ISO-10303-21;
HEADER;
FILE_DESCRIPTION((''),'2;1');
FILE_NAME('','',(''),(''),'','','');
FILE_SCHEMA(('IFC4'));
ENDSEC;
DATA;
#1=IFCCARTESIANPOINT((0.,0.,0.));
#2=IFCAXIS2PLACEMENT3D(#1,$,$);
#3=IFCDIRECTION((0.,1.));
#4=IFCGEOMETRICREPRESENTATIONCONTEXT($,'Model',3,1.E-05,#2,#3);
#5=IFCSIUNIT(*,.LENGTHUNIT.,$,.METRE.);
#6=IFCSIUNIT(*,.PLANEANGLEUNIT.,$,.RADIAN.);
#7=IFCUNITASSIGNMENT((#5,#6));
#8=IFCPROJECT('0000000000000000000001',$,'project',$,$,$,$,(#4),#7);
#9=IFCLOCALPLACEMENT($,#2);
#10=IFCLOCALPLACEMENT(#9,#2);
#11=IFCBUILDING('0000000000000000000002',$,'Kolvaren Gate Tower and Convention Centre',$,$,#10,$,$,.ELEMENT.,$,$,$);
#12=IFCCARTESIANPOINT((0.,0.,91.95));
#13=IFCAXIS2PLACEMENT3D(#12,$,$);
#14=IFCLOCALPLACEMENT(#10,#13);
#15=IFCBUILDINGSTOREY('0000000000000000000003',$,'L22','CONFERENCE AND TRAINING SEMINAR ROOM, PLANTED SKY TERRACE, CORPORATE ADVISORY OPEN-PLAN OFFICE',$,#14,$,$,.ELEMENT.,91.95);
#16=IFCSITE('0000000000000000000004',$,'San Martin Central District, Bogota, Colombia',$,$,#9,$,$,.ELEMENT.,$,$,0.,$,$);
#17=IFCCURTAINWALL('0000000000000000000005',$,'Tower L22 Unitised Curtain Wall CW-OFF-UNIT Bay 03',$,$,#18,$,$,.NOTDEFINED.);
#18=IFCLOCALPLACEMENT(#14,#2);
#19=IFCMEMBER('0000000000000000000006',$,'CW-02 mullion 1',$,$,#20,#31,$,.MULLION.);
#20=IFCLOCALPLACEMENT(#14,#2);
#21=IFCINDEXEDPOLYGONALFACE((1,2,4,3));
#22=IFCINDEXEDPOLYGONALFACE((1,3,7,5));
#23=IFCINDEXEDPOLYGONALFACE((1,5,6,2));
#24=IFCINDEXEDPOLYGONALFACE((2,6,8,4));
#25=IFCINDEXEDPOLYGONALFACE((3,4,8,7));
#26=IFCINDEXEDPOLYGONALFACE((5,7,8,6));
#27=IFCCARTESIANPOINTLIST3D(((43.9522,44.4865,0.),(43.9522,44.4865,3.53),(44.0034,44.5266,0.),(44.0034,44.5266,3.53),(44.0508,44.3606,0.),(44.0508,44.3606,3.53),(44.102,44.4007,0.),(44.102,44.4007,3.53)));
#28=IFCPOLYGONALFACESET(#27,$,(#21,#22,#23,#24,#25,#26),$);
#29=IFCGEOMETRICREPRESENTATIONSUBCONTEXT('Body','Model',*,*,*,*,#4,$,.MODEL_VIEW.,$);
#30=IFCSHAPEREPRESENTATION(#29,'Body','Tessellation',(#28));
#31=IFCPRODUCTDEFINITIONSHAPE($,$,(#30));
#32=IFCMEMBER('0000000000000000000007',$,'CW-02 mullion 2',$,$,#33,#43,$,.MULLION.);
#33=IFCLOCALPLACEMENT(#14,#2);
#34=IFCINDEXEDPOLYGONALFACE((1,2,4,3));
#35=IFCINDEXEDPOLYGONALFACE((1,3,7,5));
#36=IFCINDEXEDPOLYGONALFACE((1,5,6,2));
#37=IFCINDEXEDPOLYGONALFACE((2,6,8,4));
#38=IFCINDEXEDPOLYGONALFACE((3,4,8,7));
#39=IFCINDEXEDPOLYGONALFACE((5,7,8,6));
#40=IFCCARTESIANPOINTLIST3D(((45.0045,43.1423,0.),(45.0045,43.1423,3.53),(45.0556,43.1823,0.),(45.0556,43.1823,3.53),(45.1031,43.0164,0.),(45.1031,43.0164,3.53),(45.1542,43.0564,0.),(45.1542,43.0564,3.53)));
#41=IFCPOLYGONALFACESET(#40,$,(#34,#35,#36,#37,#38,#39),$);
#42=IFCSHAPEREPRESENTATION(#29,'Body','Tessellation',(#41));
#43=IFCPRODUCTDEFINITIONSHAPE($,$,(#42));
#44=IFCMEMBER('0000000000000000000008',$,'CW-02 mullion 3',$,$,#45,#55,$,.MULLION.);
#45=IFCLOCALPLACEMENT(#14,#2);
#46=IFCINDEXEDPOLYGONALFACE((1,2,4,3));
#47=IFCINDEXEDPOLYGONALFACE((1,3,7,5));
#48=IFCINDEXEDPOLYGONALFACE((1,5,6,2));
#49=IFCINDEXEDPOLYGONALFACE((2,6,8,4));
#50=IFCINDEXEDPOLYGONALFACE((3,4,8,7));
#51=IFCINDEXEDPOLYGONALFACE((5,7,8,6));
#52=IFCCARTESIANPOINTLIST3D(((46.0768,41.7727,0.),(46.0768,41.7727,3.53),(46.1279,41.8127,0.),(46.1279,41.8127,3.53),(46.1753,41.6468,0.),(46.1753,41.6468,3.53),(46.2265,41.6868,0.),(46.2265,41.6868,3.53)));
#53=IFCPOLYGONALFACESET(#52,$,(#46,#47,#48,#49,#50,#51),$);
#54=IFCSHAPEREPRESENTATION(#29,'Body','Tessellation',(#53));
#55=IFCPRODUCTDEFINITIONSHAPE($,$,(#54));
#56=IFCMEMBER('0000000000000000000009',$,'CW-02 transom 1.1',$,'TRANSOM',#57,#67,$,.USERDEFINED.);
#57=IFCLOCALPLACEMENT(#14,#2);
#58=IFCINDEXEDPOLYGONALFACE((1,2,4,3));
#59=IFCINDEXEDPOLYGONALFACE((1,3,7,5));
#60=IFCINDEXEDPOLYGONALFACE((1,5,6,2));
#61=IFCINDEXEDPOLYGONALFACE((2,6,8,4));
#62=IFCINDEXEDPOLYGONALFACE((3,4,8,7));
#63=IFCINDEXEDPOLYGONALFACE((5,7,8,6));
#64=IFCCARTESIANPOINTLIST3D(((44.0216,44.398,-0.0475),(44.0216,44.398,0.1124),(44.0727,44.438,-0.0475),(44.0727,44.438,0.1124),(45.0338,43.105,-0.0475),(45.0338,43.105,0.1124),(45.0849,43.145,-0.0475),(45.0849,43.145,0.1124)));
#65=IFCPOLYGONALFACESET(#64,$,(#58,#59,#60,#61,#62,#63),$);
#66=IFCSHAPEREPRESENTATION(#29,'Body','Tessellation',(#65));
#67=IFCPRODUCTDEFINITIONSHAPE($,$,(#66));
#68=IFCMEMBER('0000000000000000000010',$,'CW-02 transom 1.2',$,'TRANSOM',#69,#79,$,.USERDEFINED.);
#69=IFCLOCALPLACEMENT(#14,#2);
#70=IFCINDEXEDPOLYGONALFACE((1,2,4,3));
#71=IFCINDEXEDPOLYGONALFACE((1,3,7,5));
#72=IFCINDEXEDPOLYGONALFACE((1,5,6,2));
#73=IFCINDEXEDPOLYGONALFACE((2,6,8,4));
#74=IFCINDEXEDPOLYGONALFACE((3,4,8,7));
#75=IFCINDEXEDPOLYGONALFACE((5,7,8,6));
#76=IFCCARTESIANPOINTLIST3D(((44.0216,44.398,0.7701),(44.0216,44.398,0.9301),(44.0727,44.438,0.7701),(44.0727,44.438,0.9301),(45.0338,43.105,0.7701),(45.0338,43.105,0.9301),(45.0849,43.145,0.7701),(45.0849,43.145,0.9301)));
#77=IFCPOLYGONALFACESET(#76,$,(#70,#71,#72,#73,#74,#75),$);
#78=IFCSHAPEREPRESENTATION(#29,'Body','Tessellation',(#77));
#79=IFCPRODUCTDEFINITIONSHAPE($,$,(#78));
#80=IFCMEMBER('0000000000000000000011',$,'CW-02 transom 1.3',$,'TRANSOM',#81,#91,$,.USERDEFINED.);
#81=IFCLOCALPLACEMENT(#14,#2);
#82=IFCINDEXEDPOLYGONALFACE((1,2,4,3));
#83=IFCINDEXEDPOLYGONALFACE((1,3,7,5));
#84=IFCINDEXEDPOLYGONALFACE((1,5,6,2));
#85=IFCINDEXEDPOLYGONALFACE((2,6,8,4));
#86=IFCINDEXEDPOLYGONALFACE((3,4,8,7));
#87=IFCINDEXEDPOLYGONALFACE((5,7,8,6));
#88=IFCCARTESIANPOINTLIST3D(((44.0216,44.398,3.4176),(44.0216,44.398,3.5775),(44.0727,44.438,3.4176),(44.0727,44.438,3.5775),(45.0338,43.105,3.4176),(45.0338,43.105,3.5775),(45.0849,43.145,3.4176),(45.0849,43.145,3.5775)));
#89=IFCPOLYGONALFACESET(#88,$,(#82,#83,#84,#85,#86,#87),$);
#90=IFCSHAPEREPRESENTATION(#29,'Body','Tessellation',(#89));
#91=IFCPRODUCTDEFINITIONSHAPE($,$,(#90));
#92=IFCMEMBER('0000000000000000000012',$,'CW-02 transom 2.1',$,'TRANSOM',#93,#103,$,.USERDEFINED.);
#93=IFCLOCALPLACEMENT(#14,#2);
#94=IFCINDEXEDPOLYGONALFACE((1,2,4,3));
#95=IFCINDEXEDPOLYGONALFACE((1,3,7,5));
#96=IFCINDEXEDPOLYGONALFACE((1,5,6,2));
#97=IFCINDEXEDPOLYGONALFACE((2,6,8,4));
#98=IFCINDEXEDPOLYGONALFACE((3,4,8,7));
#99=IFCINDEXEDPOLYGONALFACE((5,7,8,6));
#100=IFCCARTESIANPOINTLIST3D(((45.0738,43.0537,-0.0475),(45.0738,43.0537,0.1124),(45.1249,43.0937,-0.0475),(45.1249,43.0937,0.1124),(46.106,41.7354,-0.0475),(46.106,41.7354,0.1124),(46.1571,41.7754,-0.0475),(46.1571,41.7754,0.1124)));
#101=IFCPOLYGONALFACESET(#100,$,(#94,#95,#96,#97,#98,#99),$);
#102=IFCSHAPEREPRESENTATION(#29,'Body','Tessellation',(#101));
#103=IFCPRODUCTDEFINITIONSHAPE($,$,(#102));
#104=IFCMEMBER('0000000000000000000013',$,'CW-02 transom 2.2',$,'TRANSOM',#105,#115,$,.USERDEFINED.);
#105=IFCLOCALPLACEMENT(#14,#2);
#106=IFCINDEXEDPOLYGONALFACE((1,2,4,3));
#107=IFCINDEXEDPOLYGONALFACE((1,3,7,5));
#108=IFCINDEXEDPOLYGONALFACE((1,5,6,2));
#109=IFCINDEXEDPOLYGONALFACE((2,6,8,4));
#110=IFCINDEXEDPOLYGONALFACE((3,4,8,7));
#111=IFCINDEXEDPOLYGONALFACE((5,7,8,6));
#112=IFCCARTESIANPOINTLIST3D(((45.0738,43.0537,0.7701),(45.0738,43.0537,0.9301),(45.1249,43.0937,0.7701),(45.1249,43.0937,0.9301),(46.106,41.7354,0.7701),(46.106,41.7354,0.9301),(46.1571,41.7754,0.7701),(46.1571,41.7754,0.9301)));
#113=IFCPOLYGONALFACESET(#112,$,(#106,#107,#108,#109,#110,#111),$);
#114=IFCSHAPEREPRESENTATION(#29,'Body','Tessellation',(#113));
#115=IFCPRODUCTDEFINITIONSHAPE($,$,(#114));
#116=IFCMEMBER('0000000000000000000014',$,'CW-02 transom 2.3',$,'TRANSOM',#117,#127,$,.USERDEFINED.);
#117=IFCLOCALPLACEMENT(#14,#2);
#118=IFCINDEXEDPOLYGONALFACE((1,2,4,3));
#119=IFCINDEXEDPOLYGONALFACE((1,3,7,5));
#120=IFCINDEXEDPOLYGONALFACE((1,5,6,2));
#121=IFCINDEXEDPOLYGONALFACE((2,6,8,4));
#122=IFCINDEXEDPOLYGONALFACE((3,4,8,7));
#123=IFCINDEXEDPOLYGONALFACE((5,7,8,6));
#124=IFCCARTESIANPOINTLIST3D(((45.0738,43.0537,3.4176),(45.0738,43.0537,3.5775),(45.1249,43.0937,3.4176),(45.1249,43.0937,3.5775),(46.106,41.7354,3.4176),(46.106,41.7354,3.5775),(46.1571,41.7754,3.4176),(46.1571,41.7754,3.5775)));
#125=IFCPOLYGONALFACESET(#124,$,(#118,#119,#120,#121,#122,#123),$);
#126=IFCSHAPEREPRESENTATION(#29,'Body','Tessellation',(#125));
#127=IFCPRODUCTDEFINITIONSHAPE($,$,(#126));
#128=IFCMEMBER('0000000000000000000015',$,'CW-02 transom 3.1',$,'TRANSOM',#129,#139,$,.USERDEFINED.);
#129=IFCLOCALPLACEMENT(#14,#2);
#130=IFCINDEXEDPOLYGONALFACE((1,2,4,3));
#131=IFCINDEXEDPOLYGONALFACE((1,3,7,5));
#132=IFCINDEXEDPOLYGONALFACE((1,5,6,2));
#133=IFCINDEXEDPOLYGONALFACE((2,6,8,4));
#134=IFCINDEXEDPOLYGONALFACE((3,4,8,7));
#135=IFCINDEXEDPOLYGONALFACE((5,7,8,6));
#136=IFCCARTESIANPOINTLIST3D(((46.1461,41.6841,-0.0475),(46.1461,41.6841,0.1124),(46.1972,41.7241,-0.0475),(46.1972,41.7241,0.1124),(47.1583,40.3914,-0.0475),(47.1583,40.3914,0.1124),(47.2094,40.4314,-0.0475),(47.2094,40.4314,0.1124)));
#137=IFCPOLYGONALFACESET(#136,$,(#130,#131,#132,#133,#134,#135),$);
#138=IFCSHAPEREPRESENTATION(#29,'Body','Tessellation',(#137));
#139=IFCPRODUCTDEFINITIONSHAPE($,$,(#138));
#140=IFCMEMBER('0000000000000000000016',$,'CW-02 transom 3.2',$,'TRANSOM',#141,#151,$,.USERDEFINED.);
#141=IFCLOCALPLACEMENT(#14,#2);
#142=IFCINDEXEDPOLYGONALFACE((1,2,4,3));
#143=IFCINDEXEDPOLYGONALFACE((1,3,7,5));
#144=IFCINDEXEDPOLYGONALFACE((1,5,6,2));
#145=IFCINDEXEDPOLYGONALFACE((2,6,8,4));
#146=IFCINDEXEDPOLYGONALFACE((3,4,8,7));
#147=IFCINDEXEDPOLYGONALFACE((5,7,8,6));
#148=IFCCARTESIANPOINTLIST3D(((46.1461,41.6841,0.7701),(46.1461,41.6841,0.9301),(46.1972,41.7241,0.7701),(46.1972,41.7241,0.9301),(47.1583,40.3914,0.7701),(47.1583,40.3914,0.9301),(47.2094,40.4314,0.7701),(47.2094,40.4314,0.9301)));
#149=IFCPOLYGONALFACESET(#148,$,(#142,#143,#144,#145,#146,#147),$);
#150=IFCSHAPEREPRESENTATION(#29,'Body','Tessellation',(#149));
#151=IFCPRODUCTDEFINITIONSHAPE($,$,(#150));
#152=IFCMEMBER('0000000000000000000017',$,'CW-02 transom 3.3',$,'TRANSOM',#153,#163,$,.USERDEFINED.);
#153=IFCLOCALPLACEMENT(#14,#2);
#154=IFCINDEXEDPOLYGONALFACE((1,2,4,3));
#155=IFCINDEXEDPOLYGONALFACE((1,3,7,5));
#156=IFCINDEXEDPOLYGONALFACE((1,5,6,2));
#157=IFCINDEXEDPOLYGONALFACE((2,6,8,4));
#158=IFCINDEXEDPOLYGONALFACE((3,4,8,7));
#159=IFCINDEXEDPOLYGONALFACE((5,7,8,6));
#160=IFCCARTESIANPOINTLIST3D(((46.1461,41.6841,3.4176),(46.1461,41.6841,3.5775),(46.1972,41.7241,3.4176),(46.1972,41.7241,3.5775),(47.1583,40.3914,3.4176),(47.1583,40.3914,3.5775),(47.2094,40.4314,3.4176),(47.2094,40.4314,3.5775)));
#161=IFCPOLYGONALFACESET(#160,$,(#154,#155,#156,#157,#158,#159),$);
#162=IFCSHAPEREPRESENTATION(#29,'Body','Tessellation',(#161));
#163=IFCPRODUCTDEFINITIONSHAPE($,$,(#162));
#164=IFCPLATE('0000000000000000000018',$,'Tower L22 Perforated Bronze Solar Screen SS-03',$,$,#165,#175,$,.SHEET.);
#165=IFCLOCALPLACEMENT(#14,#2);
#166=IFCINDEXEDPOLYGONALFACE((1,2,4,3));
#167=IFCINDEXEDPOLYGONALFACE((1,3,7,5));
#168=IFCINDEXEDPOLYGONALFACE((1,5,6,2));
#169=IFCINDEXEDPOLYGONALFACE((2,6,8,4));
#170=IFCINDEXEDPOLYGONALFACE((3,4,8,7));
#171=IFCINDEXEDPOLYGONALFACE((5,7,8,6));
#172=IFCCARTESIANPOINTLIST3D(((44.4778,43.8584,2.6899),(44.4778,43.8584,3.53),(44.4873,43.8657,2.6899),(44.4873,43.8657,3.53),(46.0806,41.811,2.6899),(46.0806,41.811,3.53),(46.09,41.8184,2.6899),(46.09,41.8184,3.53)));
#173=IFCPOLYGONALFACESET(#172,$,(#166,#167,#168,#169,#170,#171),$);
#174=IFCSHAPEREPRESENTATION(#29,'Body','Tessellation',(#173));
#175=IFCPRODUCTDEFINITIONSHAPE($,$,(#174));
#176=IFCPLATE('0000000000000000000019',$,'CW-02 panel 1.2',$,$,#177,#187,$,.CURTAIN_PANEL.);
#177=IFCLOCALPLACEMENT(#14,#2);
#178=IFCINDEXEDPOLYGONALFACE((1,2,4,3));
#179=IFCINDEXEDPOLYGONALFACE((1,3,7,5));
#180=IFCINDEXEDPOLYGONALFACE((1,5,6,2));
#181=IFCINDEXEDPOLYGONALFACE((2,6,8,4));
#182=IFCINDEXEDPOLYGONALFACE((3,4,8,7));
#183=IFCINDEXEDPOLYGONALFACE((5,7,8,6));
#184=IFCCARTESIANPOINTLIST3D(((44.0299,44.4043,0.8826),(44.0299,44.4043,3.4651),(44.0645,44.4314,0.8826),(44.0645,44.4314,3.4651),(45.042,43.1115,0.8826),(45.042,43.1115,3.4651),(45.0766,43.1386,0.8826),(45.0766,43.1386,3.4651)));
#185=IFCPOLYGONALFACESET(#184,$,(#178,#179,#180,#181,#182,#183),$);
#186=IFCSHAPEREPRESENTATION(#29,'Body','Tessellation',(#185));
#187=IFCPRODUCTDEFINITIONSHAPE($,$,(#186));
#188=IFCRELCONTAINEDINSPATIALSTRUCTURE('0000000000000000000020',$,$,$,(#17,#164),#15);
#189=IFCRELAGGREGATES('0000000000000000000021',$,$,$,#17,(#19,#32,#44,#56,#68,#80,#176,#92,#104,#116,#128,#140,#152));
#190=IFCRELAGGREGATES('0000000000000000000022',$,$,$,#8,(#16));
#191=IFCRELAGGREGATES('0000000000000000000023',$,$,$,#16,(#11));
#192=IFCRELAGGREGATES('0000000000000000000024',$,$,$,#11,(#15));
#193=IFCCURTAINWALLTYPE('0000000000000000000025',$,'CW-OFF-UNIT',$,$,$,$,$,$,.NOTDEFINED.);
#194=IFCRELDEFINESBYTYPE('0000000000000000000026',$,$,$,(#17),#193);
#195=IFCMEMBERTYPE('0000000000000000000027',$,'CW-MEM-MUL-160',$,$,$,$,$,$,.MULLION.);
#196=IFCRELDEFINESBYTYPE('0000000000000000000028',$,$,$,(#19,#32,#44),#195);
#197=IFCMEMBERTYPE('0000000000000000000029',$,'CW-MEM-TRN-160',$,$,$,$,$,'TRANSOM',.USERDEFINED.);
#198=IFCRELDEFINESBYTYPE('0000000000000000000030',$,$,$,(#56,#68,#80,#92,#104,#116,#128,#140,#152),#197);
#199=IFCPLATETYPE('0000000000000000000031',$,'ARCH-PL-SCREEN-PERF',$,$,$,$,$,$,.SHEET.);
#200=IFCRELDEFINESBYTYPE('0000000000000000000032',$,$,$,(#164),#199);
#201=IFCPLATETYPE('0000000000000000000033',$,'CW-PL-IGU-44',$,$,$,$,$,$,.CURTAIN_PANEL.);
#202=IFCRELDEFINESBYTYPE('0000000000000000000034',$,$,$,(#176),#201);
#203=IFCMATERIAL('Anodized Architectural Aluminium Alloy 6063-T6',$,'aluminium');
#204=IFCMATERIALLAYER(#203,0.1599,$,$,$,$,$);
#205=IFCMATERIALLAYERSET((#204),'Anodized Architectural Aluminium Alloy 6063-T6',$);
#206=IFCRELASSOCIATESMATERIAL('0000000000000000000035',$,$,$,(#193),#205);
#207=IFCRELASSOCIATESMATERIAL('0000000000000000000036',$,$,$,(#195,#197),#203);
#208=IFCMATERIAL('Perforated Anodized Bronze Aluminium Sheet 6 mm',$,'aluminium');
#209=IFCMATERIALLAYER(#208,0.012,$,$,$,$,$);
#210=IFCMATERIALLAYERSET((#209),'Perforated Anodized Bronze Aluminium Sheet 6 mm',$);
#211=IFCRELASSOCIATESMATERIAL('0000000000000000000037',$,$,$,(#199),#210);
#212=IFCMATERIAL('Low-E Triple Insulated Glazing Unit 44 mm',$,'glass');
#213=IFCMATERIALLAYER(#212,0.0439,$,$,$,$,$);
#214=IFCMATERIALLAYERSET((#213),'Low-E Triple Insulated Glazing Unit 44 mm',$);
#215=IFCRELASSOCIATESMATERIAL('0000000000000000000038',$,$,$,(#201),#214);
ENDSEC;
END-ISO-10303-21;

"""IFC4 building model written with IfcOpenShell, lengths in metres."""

from ifc_helpers import new_model, si_unit, direction, frame, origin, origin_2d, place, context, subcontext, project, spatial, rectangle, extrude, material, layer, layer_set, material_profile, profile_set, type_object, element, aggregate, save


model = new_model("IFC4")

# Units and contexts
model_context = context("Model", 3, precision=1e-05, world=origin(), true_north=direction((0.0, 1.0)))
body_context = subcontext(model_context, "Body", "Model", "MODEL_VIEW")
ifc_project = project(units=[si_unit("LENGTHUNIT", "METRE"), si_unit("PLANEANGLEUNIT", "RADIAN")], contexts=[model_context])

# Site, building, storey
site_placement = place(None, origin())
site = spatial("IfcSite", under=ifc_project, at=site_placement, Name="San Martin Central District, Bogota, Colombia", CompositionType="ELEMENT", RefElevation=0.0)
building_placement = place(site_placement, origin())
building = spatial("IfcBuilding", under=site, at=building_placement, Name="Kolvaren Gate Tower and Convention Centre", CompositionType="ELEMENT")
storey_placement = place(building_placement, frame((0.0, 0.0, 91.95)))
storey = spatial("IfcBuildingStorey", under=building, at=storey_placement, Name="L22", Description="CONFERENCE AND TRAINING SEMINAR ROOM, PLANTED SKY TERRACE, CORPORATE ADVISORY OPEN-PLAN OFFICE", CompositionType="ELEMENT", Elevation=91.95)

# Curtain wall, members
ifc_material_1 = material(Name="Anodized Architectural Aluminium Alloy 6063-T6", Category="aluminium")
ifc_layer_1 = layer(ifc_material_1, 0.1599)
ifc_layer_set_1 = layer_set([ifc_layer_1], Name="Anodized Architectural Aluminium Alloy 6063-T6")
curtain_wall_type = type_object("IfcCurtainWallType", Name="CW-OFF-UNIT", PredefinedType="NOTDEFINED", material=ifc_layer_set_1)
curtain_wall_placement = place(storey_placement, origin())
curtain_wall = element("IfcCurtainWall", 1, at=curtain_wall_placement, inside=storey, type_object=curtain_wall_type, Name="Tower L22 Unitised Curtain Wall CW-OFF-UNIT Bay 03", PredefinedType="NOTDEFINED")
ifc_material_profile_1 = material_profile(ifc_material_1, rectangle(XDim=0.0649, YDim=0.1599, at=origin_2d()), Name="CW-MEM-MUL-160")
ifc_profile_set_1 = profile_set([ifc_material_profile_1], Name="Anodized Architectural Aluminium Alloy 6063-T6")
member_type_1 = type_object("IfcMemberType", Name="CW-MEM-MUL-160", PredefinedType="MULLION", material=ifc_profile_set_1)
member_1_placement = place(storey_placement, frame((44.0271, 44.4436, 0.0), z_axis=(0.0, 0.0, 1.0), x_axis=(0.787406, 0.616434, 0.0)))
member_1 = element("IfcMember", 2, at=member_1_placement, type_object=member_type_1, Name="CW-02 mullion 1", PredefinedType="MULLION", context=body_context, shape_type="SweptSolid", body=[
    extrude(rectangle(XDim=0.0649, YDim=0.1599, at=origin_2d()), origin(), (0.0, 0.0, 1.0), 3.53),
])
member_2_placement = place(storey_placement, frame((45.0793, 43.0994, 0.0), z_axis=(0.0, 0.0, 1.0), x_axis=(0.787406, 0.616434, 0.0)))
member_2 = element("IfcMember", 3, at=member_2_placement, type_object=member_type_1, Name="CW-02 mullion 2", PredefinedType="MULLION", context=body_context, shape_type="SweptSolid", body=[
    extrude(rectangle(XDim=0.0649, YDim=0.1599, at=origin_2d()), origin(), (0.0, 0.0, 1.0), 3.53),
])
member_3_placement = place(storey_placement, frame((46.1516, 41.7297, 0.0), z_axis=(0.0, 0.0, 1.0), x_axis=(0.787406, 0.616434, 0.0)))
member_3 = element("IfcMember", 4, at=member_3_placement, type_object=member_type_1, Name="CW-02 mullion 3", PredefinedType="MULLION", context=body_context, shape_type="SweptSolid", body=[
    extrude(rectangle(XDim=0.0649, YDim=0.1599, at=origin_2d()), origin(), (0.0, 0.0, 1.0), 3.53),
])
ifc_material_profile_2 = material_profile(ifc_material_1, rectangle(XDim=0.0649, YDim=0.1599, at=origin_2d()), Name="CW-MEM-TRN-160")
ifc_profile_set_2 = profile_set([ifc_material_profile_2], Name="Anodized Architectural Aluminium Alloy 6063-T6")
member_type_2 = type_object("IfcMemberType", Name="CW-MEM-TRN-160", ElementType="TRANSOM", PredefinedType="USERDEFINED", material=ifc_profile_set_2)
member_4_placement = place(storey_placement, frame((44.0471, 44.418, 0.0325), z_axis=(0.616429, -0.787411, 0.0), x_axis=(0.787411, 0.616429, 0.0)))
member_4 = element("IfcMember", 5, at=member_4_placement, type_object=member_type_2, Name="CW-02 transom 1.1", ObjectType="TRANSOM", PredefinedType="USERDEFINED", context=body_context, shape_type="SweptSolid", body=[
    extrude(rectangle(XDim=0.0649, YDim=0.1599, at=origin_2d()), origin(), (0.0, 0.0, 1.0), 1.6421),
])
member_5_placement = place(storey_placement, frame((44.0471, 44.418, 0.8501), z_axis=(0.616429, -0.787411, 0.0), x_axis=(0.787411, 0.616429, 0.0)))
member_5 = element("IfcMember", 6, at=member_5_placement, type_object=member_type_2, Name="CW-02 transom 1.2", ObjectType="TRANSOM", PredefinedType="USERDEFINED", context=body_context, shape_type="SweptSolid", body=[
    extrude(rectangle(XDim=0.0649, YDim=0.1599, at=origin_2d()), origin(), (0.0, 0.0, 1.0), 1.6421),
])
member_6_placement = place(storey_placement, frame((44.0471, 44.418, 3.4976), z_axis=(0.616429, -0.787411, 0.0), x_axis=(0.787411, 0.616429, 0.0)))
member_6 = element("IfcMember", 7, at=member_6_placement, type_object=member_type_2, Name="CW-02 transom 1.3", ObjectType="TRANSOM", PredefinedType="USERDEFINED", context=body_context, shape_type="SweptSolid", body=[
    extrude(rectangle(XDim=0.0649, YDim=0.1599, at=origin_2d()), origin(), (0.0, 0.0, 1.0), 1.6421),
])
member_7_placement = place(storey_placement, frame((45.0994, 43.0737, 0.0325), z_axis=(0.616481, -0.78737, 0.0), x_axis=(0.78737, 0.616481, 0.0)))
member_7 = element("IfcMember", 8, at=member_7_placement, type_object=member_type_2, Name="CW-02 transom 2.1", ObjectType="TRANSOM", PredefinedType="USERDEFINED", context=body_context, shape_type="SweptSolid", body=[
    extrude(rectangle(XDim=0.0649, YDim=0.1599, at=origin_2d()), origin(), (0.0, 0.0, 1.0), 1.6743),
])
member_8_placement = place(storey_placement, frame((45.0994, 43.0737, 0.8501), z_axis=(0.616481, -0.78737, 0.0), x_axis=(0.78737, 0.616481, 0.0)))
member_8 = element("IfcMember", 9, at=member_8_placement, type_object=member_type_2, Name="CW-02 transom 2.2", ObjectType="TRANSOM", PredefinedType="USERDEFINED", context=body_context, shape_type="SweptSolid", body=[
    extrude(rectangle(XDim=0.0649, YDim=0.1599, at=origin_2d()), origin(), (0.0, 0.0, 1.0), 1.6743),
])
member_9_placement = place(storey_placement, frame((45.0994, 43.0737, 3.4976), z_axis=(0.616481, -0.78737, 0.0), x_axis=(0.78737, 0.616481, 0.0)))
member_9 = element("IfcMember", 10, at=member_9_placement, type_object=member_type_2, Name="CW-02 transom 2.3", ObjectType="TRANSOM", PredefinedType="USERDEFINED", context=body_context, shape_type="SweptSolid", body=[
    extrude(rectangle(XDim=0.0649, YDim=0.1599, at=origin_2d()), origin(), (0.0, 0.0, 1.0), 1.6743),
])
member_10_placement = place(storey_placement, frame((46.1716, 41.7041, 0.0325), z_axis=(0.616501, -0.787354, 0.0), x_axis=(0.787354, 0.616501, 0.0)))
member_10 = element("IfcMember", 11, at=member_10_placement, type_object=member_type_2, Name="CW-02 transom 3.1", ObjectType="TRANSOM", PredefinedType="USERDEFINED", context=body_context, shape_type="SweptSolid", body=[
    extrude(rectangle(XDim=0.0649, YDim=0.1599, at=origin_2d()), origin(), (0.0, 0.0, 1.0), 1.6418),
])
member_11_placement = place(storey_placement, frame((46.1716, 41.7041, 0.8501), z_axis=(0.616501, -0.787354, 0.0), x_axis=(0.787354, 0.616501, 0.0)))
member_11 = element("IfcMember", 12, at=member_11_placement, type_object=member_type_2, Name="CW-02 transom 3.2", ObjectType="TRANSOM", PredefinedType="USERDEFINED", context=body_context, shape_type="SweptSolid", body=[
    extrude(rectangle(XDim=0.0649, YDim=0.1599, at=origin_2d()), origin(), (0.0, 0.0, 1.0), 1.6418),
])
member_12_placement = place(storey_placement, frame((46.1716, 41.7041, 3.4976), z_axis=(0.616501, -0.787354, 0.0), x_axis=(0.787354, 0.616501, 0.0)))
member_12 = element("IfcMember", 13, at=member_12_placement, type_object=member_type_2, Name="CW-02 transom 3.3", ObjectType="TRANSOM", PredefinedType="USERDEFINED", context=body_context, shape_type="SweptSolid", body=[
    extrude(rectangle(XDim=0.0649, YDim=0.1599, at=origin_2d()), origin(), (0.0, 0.0, 1.0), 1.6418),
])

# Plates
ifc_material_2 = material(Name="Perforated Anodized Bronze Aluminium Sheet 6 mm", Category="aluminium")
ifc_layer_2 = layer(ifc_material_2, 0.012)
ifc_layer_set_2 = layer_set([ifc_layer_2], Name="Perforated Anodized Bronze Aluminium Sheet 6 mm")
plate_type_1 = type_object("IfcPlateType", Name="ARCH-PL-SCREEN-PERF", PredefinedType="SHEET", material=ifc_layer_set_2)
plate_1_placement = place(storey_placement, frame((45.2839, 42.8384, 2.6899), z_axis=(0.0, 0.0, 1.0), x_axis=(0.616431, -0.787409, 0.0)))
element("IfcPlate", 14, at=plate_1_placement, inside=storey, type_object=plate_type_1, Name="Tower L22 Perforated Bronze Solar Screen SS-03", PredefinedType="SHEET", context=body_context, shape_type="SweptSolid", body=[
    extrude(rectangle(XDim=2.6001, YDim=0.012, at=origin_2d()), origin(), (0.0, 0.0, 1.0), 0.8401),
])
ifc_material_3 = material(Name="Low-E Triple Insulated Glazing Unit 44 mm", Category="glass")
ifc_layer_3 = layer(ifc_material_3, 0.0439)
ifc_layer_set_3 = layer_set([ifc_layer_3], Name="Low-E Triple Insulated Glazing Unit 44 mm")
plate_type_2 = type_object("IfcPlateType", Name="CW-PL-IGU-44", PredefinedType="CURTAIN_PANEL", material=ifc_layer_set_3)
plate_2_placement = place(storey_placement, frame((44.5532, 43.7715, 0.8826), z_axis=(0.0, 0.0, 1.0), x_axis=(0.616434, -0.787406, 0.0)))
plate_2 = element("IfcPlate", 15, at=plate_2_placement, type_object=plate_type_2, Name="CW-02 panel 1.2", PredefinedType="CURTAIN_PANEL", context=body_context, shape_type="SweptSolid", body=[
    extrude(rectangle(XDim=1.6418, YDim=0.0439, at=origin_2d()), origin(), (0.0, 0.0, 1.0), 2.5825),
])
aggregate(curtain_wall, [member_1, member_2, member_3, member_4, member_5, member_6, plate_2, member_7, member_8, member_9, member_10, member_11, member_12])

save(model, "model.ifc")
